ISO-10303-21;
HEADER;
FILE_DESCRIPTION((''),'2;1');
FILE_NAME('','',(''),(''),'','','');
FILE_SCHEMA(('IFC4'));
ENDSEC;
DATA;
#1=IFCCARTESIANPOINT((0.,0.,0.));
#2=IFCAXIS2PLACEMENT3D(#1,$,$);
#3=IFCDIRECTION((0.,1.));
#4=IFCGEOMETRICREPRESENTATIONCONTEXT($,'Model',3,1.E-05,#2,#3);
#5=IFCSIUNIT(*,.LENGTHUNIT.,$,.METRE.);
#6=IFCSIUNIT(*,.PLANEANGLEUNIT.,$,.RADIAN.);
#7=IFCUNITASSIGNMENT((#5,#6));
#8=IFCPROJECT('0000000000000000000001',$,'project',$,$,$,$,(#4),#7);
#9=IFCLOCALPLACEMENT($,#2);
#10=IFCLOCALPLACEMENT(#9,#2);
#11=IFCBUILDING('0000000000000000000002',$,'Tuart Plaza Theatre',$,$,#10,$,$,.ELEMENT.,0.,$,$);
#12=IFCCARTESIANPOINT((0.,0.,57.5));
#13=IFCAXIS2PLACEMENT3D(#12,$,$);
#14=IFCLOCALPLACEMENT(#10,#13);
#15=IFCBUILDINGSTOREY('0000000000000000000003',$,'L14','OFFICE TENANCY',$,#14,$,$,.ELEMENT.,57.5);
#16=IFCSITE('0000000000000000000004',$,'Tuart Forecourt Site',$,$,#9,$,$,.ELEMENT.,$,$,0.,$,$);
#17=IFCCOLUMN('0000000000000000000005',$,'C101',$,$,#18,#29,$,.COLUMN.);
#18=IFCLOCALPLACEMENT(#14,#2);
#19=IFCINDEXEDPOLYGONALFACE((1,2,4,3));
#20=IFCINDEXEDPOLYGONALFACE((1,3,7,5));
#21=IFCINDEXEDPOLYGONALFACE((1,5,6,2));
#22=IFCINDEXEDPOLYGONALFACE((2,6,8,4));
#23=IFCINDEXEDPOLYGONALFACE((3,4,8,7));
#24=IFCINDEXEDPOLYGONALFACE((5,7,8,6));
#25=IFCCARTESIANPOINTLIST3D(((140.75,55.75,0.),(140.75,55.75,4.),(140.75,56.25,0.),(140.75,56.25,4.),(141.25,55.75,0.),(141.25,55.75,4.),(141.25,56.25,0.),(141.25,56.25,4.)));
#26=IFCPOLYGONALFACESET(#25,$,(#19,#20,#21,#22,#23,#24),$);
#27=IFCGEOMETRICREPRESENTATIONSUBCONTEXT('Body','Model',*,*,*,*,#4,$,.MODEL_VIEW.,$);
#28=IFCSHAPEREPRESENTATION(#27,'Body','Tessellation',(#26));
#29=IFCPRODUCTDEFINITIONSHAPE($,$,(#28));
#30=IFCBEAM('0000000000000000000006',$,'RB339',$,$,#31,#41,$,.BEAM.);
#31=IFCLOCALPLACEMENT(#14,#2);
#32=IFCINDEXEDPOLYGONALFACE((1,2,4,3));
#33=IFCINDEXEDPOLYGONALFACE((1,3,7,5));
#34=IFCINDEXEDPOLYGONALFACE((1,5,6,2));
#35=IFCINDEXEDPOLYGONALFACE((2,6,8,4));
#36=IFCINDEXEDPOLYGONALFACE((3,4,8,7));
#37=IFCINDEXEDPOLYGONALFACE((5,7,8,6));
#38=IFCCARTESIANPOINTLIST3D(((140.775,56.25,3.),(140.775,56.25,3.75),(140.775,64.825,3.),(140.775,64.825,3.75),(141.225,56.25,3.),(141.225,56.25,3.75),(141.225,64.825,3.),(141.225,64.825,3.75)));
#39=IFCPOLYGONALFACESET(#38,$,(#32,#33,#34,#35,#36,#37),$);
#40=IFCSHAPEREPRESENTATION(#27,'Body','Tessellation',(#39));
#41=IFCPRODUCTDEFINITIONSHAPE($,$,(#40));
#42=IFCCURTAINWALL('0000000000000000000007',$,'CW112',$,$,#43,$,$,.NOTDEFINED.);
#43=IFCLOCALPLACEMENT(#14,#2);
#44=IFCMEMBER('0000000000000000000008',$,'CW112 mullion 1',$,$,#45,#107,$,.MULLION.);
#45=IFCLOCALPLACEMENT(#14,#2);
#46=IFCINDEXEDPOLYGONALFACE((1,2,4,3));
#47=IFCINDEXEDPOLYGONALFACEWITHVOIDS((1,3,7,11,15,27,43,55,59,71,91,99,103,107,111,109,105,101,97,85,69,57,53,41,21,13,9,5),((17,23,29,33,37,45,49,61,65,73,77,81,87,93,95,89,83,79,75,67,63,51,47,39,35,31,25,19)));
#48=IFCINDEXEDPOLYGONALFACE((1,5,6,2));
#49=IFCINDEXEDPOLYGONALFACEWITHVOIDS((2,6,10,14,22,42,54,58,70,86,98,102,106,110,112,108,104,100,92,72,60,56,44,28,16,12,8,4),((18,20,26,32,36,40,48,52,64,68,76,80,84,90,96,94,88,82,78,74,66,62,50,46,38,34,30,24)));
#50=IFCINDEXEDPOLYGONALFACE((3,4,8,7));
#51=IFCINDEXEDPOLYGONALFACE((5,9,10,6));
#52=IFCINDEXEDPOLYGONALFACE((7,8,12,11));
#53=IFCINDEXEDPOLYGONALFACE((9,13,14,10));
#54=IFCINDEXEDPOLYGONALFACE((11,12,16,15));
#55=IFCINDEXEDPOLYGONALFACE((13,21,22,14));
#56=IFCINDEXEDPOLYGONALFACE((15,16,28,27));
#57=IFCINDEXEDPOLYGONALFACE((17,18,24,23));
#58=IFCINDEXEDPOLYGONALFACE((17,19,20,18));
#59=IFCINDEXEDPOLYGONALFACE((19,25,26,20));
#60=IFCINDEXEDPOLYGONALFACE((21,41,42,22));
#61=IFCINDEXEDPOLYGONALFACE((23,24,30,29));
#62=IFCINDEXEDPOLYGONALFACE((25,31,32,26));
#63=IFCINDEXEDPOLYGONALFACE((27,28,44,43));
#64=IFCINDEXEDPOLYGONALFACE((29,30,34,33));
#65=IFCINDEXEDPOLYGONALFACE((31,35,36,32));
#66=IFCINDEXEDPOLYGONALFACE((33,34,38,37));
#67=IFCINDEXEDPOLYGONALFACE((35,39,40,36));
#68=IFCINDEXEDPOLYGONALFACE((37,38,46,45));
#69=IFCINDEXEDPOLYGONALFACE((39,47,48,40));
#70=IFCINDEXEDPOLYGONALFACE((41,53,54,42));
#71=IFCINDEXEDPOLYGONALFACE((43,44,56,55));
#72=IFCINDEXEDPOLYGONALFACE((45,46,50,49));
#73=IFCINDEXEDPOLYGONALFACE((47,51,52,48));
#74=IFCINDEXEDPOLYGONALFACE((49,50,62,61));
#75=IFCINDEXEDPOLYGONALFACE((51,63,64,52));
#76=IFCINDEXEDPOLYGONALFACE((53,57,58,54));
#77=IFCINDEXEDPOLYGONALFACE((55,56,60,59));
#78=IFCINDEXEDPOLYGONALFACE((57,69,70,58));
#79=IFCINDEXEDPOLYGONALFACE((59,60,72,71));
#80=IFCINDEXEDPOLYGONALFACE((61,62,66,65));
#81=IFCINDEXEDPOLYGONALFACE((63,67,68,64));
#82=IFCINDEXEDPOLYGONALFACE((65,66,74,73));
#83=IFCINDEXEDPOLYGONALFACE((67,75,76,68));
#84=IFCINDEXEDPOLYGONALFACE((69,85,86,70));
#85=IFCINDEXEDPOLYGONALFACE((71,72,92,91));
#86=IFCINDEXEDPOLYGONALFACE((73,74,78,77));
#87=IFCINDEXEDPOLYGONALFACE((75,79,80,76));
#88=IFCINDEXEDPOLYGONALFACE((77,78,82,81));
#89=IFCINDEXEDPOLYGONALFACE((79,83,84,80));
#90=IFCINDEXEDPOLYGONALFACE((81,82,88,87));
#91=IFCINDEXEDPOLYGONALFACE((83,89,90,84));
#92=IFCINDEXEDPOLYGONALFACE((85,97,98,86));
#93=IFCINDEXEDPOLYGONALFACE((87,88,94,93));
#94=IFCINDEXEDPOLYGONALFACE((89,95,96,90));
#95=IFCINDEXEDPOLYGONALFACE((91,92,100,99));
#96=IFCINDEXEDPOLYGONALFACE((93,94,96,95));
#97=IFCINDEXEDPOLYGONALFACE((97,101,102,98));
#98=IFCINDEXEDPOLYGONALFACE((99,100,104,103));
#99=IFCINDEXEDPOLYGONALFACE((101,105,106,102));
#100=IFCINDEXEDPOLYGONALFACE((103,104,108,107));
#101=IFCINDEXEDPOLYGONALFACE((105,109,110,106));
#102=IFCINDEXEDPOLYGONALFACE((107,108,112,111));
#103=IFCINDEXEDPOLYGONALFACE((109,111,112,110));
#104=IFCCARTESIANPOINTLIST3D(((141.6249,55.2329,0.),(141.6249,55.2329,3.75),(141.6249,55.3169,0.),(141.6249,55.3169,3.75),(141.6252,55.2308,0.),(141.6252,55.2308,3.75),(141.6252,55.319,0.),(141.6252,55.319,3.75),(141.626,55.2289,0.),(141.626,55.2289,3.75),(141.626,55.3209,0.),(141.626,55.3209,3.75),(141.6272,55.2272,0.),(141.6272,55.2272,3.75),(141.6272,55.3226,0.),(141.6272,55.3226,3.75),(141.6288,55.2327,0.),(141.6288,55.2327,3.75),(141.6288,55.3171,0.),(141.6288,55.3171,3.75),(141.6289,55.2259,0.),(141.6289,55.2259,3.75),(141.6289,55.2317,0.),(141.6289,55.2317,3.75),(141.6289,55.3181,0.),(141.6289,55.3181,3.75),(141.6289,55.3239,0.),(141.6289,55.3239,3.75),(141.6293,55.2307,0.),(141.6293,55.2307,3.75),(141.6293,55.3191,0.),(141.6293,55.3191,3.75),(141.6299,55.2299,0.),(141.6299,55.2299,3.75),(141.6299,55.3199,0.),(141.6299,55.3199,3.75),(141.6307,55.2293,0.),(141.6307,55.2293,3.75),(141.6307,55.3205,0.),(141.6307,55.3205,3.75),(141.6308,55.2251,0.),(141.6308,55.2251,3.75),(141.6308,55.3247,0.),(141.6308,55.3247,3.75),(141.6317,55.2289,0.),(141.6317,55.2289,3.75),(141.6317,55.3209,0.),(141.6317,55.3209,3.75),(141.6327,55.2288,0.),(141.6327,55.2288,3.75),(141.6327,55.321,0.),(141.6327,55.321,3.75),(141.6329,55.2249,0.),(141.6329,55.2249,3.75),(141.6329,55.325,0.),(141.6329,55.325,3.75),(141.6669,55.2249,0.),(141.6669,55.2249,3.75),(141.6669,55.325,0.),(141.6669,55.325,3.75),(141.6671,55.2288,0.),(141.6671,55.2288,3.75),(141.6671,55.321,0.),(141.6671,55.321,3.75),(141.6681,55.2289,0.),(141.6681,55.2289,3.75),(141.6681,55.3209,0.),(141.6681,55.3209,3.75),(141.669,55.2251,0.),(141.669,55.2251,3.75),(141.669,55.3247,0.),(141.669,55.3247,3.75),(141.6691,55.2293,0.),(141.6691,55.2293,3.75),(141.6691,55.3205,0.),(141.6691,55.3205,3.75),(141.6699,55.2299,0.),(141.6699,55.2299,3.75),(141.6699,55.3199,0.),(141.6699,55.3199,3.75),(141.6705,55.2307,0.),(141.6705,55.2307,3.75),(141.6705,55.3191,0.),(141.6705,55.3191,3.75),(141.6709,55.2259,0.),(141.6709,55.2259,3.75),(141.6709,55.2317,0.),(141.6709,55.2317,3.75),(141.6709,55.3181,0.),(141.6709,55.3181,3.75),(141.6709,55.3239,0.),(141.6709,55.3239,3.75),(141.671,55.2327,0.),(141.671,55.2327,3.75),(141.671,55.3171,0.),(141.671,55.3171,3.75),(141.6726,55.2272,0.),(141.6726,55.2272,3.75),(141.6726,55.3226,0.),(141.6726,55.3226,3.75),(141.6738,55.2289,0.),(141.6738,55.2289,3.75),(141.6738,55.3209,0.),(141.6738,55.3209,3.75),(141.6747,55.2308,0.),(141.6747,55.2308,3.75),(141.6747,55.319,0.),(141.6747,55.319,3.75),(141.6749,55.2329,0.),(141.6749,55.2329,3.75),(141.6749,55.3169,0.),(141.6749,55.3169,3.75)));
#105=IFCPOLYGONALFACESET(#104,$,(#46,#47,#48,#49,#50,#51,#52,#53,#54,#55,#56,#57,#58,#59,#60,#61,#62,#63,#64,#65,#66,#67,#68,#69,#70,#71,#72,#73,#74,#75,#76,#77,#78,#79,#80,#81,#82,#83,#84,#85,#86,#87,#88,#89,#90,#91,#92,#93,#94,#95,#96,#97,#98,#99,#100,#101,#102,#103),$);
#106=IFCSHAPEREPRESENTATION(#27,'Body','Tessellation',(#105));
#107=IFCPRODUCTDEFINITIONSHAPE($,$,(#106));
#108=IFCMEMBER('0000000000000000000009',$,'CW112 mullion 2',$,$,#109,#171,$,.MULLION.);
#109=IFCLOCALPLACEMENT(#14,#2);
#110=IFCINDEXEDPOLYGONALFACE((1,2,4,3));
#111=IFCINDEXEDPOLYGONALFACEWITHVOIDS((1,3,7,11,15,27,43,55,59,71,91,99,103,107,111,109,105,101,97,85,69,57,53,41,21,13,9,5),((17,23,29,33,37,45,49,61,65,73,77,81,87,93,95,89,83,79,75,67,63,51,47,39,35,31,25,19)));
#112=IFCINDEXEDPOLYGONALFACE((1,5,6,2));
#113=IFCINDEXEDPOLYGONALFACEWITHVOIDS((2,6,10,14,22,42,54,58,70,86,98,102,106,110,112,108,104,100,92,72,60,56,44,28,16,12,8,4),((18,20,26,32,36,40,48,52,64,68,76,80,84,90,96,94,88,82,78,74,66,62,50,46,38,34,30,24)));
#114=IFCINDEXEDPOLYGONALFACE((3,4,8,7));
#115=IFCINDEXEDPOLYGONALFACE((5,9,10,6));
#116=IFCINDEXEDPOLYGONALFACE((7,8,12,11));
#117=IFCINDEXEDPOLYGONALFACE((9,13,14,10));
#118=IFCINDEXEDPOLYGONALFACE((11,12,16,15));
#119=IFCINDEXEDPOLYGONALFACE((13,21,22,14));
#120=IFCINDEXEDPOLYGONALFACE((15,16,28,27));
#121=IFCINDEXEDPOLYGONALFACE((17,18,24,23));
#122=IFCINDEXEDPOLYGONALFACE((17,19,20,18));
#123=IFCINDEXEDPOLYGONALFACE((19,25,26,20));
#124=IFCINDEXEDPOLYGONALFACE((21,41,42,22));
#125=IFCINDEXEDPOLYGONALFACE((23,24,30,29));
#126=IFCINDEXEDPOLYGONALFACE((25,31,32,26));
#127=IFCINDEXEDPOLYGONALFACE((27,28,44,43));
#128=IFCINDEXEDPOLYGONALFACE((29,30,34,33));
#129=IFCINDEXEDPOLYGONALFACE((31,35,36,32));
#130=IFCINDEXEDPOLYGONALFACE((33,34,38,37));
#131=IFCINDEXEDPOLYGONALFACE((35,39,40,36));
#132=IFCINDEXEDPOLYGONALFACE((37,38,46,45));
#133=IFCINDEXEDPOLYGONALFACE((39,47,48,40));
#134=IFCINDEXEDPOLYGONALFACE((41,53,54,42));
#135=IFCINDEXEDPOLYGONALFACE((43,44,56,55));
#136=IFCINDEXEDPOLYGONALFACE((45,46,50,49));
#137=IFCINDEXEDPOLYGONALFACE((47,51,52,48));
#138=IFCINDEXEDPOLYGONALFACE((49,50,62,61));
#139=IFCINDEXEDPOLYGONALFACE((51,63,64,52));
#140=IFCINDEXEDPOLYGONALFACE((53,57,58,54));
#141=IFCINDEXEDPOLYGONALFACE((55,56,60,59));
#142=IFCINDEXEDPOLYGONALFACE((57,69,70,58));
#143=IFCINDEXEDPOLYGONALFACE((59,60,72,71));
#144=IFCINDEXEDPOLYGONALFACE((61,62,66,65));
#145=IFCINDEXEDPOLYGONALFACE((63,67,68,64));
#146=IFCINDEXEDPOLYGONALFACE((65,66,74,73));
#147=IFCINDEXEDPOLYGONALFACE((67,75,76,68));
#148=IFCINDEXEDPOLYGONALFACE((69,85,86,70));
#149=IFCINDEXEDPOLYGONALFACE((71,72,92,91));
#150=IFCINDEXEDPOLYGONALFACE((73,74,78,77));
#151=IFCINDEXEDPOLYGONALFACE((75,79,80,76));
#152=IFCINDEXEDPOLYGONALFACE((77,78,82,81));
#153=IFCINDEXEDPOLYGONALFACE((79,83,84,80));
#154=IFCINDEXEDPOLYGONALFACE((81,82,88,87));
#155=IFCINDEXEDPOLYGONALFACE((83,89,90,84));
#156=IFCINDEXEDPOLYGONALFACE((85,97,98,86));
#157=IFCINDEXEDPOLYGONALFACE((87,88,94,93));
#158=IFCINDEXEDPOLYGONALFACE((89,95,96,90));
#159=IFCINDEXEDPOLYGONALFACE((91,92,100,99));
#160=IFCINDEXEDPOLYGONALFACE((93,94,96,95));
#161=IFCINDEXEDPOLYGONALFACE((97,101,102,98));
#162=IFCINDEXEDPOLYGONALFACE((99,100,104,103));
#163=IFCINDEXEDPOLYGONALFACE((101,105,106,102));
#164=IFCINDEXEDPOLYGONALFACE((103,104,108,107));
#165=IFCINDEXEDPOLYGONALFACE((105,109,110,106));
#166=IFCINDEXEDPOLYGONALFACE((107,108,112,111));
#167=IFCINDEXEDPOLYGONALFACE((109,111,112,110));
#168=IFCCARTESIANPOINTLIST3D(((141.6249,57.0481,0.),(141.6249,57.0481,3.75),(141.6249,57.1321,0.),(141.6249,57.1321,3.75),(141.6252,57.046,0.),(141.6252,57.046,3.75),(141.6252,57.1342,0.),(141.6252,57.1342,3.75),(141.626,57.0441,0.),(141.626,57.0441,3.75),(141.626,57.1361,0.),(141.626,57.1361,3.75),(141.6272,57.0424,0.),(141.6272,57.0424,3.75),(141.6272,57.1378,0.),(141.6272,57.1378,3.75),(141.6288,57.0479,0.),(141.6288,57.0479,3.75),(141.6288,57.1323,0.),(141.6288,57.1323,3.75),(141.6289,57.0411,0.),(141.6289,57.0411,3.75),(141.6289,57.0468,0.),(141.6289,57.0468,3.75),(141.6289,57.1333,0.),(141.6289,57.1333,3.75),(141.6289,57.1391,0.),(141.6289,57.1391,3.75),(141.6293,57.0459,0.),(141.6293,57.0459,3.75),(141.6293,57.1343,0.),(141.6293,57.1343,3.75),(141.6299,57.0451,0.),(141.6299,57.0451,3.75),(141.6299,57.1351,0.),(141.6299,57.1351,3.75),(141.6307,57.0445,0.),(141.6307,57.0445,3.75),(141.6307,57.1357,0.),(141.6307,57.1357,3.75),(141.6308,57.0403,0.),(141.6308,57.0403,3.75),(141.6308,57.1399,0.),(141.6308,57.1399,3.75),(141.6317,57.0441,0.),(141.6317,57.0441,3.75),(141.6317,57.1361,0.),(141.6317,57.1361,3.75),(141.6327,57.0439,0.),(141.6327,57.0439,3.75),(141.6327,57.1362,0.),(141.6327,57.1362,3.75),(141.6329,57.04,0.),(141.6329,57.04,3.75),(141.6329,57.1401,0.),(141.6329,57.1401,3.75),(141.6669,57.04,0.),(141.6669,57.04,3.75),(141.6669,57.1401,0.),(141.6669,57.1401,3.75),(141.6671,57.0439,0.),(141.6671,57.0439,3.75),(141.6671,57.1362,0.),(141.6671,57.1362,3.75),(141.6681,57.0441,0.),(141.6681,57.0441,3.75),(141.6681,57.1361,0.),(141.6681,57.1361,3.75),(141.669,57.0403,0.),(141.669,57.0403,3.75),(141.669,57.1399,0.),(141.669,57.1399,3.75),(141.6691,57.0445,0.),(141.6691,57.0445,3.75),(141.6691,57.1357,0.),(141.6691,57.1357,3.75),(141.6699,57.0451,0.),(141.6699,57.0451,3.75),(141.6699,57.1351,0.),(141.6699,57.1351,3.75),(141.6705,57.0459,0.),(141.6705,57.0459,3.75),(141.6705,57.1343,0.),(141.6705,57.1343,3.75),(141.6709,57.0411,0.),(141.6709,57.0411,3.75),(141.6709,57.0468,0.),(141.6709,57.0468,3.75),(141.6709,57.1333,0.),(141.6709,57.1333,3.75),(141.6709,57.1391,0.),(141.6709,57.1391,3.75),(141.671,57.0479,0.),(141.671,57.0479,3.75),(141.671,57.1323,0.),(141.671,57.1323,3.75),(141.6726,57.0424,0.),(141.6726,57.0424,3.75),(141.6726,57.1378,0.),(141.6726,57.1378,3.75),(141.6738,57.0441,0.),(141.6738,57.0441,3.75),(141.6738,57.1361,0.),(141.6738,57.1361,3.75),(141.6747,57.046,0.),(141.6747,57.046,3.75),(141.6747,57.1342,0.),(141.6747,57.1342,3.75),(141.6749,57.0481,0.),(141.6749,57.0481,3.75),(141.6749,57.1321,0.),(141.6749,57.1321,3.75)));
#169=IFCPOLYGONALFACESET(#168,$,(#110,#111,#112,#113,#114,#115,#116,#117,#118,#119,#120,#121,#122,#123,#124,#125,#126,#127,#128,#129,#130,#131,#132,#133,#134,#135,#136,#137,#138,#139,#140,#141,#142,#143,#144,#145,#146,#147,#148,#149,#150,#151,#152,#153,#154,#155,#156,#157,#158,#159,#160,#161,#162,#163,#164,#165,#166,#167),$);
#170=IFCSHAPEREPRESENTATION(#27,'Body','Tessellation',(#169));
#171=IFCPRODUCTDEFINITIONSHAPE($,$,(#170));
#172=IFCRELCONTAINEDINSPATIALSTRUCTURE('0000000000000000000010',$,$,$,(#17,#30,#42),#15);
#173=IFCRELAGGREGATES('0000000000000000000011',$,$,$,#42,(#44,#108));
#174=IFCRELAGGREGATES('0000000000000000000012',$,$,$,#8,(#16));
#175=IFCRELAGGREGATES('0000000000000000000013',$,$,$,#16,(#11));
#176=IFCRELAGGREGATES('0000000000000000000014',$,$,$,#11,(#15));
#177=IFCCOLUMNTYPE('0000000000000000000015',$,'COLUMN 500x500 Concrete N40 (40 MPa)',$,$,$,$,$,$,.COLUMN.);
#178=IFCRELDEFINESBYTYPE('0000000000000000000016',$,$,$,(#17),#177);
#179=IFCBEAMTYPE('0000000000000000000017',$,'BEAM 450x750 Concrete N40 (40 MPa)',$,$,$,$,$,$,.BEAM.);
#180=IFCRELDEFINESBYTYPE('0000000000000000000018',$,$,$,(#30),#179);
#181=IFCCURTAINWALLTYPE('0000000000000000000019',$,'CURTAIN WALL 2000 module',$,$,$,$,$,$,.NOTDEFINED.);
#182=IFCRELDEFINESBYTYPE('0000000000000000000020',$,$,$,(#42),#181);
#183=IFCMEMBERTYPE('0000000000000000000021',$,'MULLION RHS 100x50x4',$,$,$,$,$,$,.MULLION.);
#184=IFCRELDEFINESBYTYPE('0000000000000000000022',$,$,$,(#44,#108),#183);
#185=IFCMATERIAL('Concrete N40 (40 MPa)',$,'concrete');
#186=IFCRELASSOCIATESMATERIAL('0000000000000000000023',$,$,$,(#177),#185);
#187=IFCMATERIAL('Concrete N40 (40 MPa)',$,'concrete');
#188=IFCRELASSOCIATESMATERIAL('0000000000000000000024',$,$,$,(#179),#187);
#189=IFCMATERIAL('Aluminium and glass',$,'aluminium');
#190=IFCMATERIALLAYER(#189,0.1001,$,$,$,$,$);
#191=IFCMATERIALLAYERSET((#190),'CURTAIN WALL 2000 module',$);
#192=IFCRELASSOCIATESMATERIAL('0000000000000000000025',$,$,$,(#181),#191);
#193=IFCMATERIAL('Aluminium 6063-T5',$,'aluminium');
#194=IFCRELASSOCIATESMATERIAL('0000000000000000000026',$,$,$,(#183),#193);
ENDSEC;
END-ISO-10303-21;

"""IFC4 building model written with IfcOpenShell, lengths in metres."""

from ifc_helpers import new_model, si_unit, direction, frame, origin, origin_2d, place, context, subcontext, project, spatial, rectangle, hollow_rectangle, extrude, material, layer, layer_set, material_profile, profile_set, type_object, element, aggregate, save


model = new_model("IFC4")

# Units and contexts
model_context = context("Model", 3, precision=1e-05, world=origin(), true_north=direction((0.0, 1.0)))
body_context = subcontext(model_context, "Body", "Model", "MODEL_VIEW")
ifc_project = project(units=[si_unit("LENGTHUNIT", "METRE"), si_unit("PLANEANGLEUNIT", "RADIAN")], contexts=[model_context])

# Site, building, storey
site_placement = place(None, origin())
site = spatial("IfcSite", under=ifc_project, at=site_placement, Name="Tuart Forecourt Site", CompositionType="ELEMENT", RefElevation=0.0)
building_placement = place(site_placement, origin())
building = spatial("IfcBuilding", under=site, at=building_placement, Name="Tuart Plaza Theatre", CompositionType="ELEMENT", ElevationOfRefHeight=0.0)
storey_placement = place(building_placement, frame((0.0, 0.0, 57.5)))
storey = spatial("IfcBuildingStorey", under=building, at=storey_placement, Name="L14", Description="OFFICE TENANCY", CompositionType="ELEMENT", Elevation=57.5)

# Column
ifc_material_1 = material(Name="Concrete N40 (40 MPa)", Category="concrete")
ifc_material_profile_1 = material_profile(ifc_material_1, rectangle(XDim=0.5, YDim=0.5, at=origin_2d()), Name="COLUMN 500x500 Concrete N40 (40 MPa)")
ifc_profile_set_1 = profile_set([ifc_material_profile_1], Name="Concrete N40 (40 MPa)")
column_type = type_object("IfcColumnType", Name="COLUMN 500x500 Concrete N40 (40 MPa)", PredefinedType="COLUMN", material=ifc_profile_set_1)
column_placement = place(storey_placement, frame((141.0, 56.0, 0.0), z_axis=(0.0, 0.0, 1.0), x_axis=(1.0, 0.0, 0.0)))
element("IfcColumn", 1, at=column_placement, inside=storey, type_object=column_type, Name="C101", PredefinedType="COLUMN", context=body_context, shape_type="SweptSolid", body=[
    extrude(rectangle(XDim=0.5, YDim=0.5, at=origin_2d()), origin(), (0.0, 0.0, 1.0), 4.0),
])

# Beam
ifc_material_2 = material(Name="Concrete N40 (40 MPa)", Category="concrete")
ifc_material_profile_2 = material_profile(ifc_material_2, rectangle(XDim=0.45, YDim=0.75, at=origin_2d()), Name="BEAM 450x750 Concrete N40 (40 MPa)")
ifc_profile_set_2 = profile_set([ifc_material_profile_2], Name="Concrete N40 (40 MPa)")
beam_type = type_object("IfcBeamType", Name="BEAM 450x750 Concrete N40 (40 MPa)", PredefinedType="BEAM", material=ifc_profile_set_2)
beam_placement = place(storey_placement, frame((141.0, 56.25, 3.375), z_axis=(0.0, 1.0, 0.0), x_axis=(-1.0, 0.0, 0.0)))
element("IfcBeam", 2, at=beam_placement, inside=storey, type_object=beam_type, Name="RB339", PredefinedType="BEAM", context=body_context, shape_type="SweptSolid", body=[
    extrude(rectangle(XDim=0.45, YDim=0.75, at=origin_2d()), origin(), (0.0, 0.0, 1.0), 8.575),
])

# Curtain wall, members
ifc_material_3 = material(Name="Aluminium and glass", Category="aluminium")
ifc_layer_1 = layer(ifc_material_3, 0.1001)
ifc_layer_set_1 = layer_set([ifc_layer_1], Name="CURTAIN WALL 2000 module")
curtain_wall_type = type_object("IfcCurtainWallType", Name="CURTAIN WALL 2000 module", PredefinedType="NOTDEFINED", material=ifc_layer_set_1)
curtain_wall_1_placement = place(storey_placement, origin())
curtain_wall_1 = element("IfcCurtainWall", 3, at=curtain_wall_1_placement, inside=storey, type_object=curtain_wall_type, Name="CW112", PredefinedType="NOTDEFINED")
ifc_material_4 = material(Name="Aluminium 6063-T5", Category="aluminium")
ifc_material_profile_3 = material_profile(ifc_material_4, hollow_rectangle(XDim=0.05, YDim=0.1001, WallThickness=0.0039, InnerFilletRadius=0.0039, OuterFilletRadius=0.0081, at=origin_2d()), Name="RHS 100x50x4")
ifc_profile_set_3 = profile_set([ifc_material_profile_3], Name="Aluminium 6063-T5")
member_type_1 = type_object("IfcMemberType", Name="MULLION RHS 100x50x4", PredefinedType="MULLION", material=ifc_profile_set_3)
member_1_placement = place(storey_placement, frame((141.6499, 55.2749, 0.0), z_axis=(0.0, 0.0, 1.0), x_axis=(-1.0, 0.0, 0.0)))
member_1 = element("IfcMember", 4, at=member_1_placement, type_object=member_type_1, Name="CW112 mullion 1", PredefinedType="MULLION", context=body_context, shape_type="SweptSolid", body=[
    extrude(hollow_rectangle(XDim=0.05, YDim=0.1001, WallThickness=0.0039, InnerFilletRadius=0.0039, OuterFilletRadius=0.0081, at=origin_2d()), origin(), (0.0, 0.0, 1.0), 3.75),
])
member_2_placement = place(storey_placement, frame((141.6499, 57.0901, 0.0), z_axis=(0.0, 0.0, 1.0), x_axis=(-1.0, 0.0, 0.0)))
member_2 = element("IfcMember", 5, at=member_2_placement, type_object=member_type_1, Name="CW112 mullion 2", PredefinedType="MULLION", context=body_context, shape_type="SweptSolid", body=[
    extrude(hollow_rectangle(XDim=0.05, YDim=0.1001, WallThickness=0.0039, InnerFilletRadius=0.0039, OuterFilletRadius=0.0081, at=origin_2d()), origin(), (0.0, 0.0, 1.0), 3.75),
])

aggregate(curtain_wall_1, [member_1, member_2])

save(model, "model.ifc")
